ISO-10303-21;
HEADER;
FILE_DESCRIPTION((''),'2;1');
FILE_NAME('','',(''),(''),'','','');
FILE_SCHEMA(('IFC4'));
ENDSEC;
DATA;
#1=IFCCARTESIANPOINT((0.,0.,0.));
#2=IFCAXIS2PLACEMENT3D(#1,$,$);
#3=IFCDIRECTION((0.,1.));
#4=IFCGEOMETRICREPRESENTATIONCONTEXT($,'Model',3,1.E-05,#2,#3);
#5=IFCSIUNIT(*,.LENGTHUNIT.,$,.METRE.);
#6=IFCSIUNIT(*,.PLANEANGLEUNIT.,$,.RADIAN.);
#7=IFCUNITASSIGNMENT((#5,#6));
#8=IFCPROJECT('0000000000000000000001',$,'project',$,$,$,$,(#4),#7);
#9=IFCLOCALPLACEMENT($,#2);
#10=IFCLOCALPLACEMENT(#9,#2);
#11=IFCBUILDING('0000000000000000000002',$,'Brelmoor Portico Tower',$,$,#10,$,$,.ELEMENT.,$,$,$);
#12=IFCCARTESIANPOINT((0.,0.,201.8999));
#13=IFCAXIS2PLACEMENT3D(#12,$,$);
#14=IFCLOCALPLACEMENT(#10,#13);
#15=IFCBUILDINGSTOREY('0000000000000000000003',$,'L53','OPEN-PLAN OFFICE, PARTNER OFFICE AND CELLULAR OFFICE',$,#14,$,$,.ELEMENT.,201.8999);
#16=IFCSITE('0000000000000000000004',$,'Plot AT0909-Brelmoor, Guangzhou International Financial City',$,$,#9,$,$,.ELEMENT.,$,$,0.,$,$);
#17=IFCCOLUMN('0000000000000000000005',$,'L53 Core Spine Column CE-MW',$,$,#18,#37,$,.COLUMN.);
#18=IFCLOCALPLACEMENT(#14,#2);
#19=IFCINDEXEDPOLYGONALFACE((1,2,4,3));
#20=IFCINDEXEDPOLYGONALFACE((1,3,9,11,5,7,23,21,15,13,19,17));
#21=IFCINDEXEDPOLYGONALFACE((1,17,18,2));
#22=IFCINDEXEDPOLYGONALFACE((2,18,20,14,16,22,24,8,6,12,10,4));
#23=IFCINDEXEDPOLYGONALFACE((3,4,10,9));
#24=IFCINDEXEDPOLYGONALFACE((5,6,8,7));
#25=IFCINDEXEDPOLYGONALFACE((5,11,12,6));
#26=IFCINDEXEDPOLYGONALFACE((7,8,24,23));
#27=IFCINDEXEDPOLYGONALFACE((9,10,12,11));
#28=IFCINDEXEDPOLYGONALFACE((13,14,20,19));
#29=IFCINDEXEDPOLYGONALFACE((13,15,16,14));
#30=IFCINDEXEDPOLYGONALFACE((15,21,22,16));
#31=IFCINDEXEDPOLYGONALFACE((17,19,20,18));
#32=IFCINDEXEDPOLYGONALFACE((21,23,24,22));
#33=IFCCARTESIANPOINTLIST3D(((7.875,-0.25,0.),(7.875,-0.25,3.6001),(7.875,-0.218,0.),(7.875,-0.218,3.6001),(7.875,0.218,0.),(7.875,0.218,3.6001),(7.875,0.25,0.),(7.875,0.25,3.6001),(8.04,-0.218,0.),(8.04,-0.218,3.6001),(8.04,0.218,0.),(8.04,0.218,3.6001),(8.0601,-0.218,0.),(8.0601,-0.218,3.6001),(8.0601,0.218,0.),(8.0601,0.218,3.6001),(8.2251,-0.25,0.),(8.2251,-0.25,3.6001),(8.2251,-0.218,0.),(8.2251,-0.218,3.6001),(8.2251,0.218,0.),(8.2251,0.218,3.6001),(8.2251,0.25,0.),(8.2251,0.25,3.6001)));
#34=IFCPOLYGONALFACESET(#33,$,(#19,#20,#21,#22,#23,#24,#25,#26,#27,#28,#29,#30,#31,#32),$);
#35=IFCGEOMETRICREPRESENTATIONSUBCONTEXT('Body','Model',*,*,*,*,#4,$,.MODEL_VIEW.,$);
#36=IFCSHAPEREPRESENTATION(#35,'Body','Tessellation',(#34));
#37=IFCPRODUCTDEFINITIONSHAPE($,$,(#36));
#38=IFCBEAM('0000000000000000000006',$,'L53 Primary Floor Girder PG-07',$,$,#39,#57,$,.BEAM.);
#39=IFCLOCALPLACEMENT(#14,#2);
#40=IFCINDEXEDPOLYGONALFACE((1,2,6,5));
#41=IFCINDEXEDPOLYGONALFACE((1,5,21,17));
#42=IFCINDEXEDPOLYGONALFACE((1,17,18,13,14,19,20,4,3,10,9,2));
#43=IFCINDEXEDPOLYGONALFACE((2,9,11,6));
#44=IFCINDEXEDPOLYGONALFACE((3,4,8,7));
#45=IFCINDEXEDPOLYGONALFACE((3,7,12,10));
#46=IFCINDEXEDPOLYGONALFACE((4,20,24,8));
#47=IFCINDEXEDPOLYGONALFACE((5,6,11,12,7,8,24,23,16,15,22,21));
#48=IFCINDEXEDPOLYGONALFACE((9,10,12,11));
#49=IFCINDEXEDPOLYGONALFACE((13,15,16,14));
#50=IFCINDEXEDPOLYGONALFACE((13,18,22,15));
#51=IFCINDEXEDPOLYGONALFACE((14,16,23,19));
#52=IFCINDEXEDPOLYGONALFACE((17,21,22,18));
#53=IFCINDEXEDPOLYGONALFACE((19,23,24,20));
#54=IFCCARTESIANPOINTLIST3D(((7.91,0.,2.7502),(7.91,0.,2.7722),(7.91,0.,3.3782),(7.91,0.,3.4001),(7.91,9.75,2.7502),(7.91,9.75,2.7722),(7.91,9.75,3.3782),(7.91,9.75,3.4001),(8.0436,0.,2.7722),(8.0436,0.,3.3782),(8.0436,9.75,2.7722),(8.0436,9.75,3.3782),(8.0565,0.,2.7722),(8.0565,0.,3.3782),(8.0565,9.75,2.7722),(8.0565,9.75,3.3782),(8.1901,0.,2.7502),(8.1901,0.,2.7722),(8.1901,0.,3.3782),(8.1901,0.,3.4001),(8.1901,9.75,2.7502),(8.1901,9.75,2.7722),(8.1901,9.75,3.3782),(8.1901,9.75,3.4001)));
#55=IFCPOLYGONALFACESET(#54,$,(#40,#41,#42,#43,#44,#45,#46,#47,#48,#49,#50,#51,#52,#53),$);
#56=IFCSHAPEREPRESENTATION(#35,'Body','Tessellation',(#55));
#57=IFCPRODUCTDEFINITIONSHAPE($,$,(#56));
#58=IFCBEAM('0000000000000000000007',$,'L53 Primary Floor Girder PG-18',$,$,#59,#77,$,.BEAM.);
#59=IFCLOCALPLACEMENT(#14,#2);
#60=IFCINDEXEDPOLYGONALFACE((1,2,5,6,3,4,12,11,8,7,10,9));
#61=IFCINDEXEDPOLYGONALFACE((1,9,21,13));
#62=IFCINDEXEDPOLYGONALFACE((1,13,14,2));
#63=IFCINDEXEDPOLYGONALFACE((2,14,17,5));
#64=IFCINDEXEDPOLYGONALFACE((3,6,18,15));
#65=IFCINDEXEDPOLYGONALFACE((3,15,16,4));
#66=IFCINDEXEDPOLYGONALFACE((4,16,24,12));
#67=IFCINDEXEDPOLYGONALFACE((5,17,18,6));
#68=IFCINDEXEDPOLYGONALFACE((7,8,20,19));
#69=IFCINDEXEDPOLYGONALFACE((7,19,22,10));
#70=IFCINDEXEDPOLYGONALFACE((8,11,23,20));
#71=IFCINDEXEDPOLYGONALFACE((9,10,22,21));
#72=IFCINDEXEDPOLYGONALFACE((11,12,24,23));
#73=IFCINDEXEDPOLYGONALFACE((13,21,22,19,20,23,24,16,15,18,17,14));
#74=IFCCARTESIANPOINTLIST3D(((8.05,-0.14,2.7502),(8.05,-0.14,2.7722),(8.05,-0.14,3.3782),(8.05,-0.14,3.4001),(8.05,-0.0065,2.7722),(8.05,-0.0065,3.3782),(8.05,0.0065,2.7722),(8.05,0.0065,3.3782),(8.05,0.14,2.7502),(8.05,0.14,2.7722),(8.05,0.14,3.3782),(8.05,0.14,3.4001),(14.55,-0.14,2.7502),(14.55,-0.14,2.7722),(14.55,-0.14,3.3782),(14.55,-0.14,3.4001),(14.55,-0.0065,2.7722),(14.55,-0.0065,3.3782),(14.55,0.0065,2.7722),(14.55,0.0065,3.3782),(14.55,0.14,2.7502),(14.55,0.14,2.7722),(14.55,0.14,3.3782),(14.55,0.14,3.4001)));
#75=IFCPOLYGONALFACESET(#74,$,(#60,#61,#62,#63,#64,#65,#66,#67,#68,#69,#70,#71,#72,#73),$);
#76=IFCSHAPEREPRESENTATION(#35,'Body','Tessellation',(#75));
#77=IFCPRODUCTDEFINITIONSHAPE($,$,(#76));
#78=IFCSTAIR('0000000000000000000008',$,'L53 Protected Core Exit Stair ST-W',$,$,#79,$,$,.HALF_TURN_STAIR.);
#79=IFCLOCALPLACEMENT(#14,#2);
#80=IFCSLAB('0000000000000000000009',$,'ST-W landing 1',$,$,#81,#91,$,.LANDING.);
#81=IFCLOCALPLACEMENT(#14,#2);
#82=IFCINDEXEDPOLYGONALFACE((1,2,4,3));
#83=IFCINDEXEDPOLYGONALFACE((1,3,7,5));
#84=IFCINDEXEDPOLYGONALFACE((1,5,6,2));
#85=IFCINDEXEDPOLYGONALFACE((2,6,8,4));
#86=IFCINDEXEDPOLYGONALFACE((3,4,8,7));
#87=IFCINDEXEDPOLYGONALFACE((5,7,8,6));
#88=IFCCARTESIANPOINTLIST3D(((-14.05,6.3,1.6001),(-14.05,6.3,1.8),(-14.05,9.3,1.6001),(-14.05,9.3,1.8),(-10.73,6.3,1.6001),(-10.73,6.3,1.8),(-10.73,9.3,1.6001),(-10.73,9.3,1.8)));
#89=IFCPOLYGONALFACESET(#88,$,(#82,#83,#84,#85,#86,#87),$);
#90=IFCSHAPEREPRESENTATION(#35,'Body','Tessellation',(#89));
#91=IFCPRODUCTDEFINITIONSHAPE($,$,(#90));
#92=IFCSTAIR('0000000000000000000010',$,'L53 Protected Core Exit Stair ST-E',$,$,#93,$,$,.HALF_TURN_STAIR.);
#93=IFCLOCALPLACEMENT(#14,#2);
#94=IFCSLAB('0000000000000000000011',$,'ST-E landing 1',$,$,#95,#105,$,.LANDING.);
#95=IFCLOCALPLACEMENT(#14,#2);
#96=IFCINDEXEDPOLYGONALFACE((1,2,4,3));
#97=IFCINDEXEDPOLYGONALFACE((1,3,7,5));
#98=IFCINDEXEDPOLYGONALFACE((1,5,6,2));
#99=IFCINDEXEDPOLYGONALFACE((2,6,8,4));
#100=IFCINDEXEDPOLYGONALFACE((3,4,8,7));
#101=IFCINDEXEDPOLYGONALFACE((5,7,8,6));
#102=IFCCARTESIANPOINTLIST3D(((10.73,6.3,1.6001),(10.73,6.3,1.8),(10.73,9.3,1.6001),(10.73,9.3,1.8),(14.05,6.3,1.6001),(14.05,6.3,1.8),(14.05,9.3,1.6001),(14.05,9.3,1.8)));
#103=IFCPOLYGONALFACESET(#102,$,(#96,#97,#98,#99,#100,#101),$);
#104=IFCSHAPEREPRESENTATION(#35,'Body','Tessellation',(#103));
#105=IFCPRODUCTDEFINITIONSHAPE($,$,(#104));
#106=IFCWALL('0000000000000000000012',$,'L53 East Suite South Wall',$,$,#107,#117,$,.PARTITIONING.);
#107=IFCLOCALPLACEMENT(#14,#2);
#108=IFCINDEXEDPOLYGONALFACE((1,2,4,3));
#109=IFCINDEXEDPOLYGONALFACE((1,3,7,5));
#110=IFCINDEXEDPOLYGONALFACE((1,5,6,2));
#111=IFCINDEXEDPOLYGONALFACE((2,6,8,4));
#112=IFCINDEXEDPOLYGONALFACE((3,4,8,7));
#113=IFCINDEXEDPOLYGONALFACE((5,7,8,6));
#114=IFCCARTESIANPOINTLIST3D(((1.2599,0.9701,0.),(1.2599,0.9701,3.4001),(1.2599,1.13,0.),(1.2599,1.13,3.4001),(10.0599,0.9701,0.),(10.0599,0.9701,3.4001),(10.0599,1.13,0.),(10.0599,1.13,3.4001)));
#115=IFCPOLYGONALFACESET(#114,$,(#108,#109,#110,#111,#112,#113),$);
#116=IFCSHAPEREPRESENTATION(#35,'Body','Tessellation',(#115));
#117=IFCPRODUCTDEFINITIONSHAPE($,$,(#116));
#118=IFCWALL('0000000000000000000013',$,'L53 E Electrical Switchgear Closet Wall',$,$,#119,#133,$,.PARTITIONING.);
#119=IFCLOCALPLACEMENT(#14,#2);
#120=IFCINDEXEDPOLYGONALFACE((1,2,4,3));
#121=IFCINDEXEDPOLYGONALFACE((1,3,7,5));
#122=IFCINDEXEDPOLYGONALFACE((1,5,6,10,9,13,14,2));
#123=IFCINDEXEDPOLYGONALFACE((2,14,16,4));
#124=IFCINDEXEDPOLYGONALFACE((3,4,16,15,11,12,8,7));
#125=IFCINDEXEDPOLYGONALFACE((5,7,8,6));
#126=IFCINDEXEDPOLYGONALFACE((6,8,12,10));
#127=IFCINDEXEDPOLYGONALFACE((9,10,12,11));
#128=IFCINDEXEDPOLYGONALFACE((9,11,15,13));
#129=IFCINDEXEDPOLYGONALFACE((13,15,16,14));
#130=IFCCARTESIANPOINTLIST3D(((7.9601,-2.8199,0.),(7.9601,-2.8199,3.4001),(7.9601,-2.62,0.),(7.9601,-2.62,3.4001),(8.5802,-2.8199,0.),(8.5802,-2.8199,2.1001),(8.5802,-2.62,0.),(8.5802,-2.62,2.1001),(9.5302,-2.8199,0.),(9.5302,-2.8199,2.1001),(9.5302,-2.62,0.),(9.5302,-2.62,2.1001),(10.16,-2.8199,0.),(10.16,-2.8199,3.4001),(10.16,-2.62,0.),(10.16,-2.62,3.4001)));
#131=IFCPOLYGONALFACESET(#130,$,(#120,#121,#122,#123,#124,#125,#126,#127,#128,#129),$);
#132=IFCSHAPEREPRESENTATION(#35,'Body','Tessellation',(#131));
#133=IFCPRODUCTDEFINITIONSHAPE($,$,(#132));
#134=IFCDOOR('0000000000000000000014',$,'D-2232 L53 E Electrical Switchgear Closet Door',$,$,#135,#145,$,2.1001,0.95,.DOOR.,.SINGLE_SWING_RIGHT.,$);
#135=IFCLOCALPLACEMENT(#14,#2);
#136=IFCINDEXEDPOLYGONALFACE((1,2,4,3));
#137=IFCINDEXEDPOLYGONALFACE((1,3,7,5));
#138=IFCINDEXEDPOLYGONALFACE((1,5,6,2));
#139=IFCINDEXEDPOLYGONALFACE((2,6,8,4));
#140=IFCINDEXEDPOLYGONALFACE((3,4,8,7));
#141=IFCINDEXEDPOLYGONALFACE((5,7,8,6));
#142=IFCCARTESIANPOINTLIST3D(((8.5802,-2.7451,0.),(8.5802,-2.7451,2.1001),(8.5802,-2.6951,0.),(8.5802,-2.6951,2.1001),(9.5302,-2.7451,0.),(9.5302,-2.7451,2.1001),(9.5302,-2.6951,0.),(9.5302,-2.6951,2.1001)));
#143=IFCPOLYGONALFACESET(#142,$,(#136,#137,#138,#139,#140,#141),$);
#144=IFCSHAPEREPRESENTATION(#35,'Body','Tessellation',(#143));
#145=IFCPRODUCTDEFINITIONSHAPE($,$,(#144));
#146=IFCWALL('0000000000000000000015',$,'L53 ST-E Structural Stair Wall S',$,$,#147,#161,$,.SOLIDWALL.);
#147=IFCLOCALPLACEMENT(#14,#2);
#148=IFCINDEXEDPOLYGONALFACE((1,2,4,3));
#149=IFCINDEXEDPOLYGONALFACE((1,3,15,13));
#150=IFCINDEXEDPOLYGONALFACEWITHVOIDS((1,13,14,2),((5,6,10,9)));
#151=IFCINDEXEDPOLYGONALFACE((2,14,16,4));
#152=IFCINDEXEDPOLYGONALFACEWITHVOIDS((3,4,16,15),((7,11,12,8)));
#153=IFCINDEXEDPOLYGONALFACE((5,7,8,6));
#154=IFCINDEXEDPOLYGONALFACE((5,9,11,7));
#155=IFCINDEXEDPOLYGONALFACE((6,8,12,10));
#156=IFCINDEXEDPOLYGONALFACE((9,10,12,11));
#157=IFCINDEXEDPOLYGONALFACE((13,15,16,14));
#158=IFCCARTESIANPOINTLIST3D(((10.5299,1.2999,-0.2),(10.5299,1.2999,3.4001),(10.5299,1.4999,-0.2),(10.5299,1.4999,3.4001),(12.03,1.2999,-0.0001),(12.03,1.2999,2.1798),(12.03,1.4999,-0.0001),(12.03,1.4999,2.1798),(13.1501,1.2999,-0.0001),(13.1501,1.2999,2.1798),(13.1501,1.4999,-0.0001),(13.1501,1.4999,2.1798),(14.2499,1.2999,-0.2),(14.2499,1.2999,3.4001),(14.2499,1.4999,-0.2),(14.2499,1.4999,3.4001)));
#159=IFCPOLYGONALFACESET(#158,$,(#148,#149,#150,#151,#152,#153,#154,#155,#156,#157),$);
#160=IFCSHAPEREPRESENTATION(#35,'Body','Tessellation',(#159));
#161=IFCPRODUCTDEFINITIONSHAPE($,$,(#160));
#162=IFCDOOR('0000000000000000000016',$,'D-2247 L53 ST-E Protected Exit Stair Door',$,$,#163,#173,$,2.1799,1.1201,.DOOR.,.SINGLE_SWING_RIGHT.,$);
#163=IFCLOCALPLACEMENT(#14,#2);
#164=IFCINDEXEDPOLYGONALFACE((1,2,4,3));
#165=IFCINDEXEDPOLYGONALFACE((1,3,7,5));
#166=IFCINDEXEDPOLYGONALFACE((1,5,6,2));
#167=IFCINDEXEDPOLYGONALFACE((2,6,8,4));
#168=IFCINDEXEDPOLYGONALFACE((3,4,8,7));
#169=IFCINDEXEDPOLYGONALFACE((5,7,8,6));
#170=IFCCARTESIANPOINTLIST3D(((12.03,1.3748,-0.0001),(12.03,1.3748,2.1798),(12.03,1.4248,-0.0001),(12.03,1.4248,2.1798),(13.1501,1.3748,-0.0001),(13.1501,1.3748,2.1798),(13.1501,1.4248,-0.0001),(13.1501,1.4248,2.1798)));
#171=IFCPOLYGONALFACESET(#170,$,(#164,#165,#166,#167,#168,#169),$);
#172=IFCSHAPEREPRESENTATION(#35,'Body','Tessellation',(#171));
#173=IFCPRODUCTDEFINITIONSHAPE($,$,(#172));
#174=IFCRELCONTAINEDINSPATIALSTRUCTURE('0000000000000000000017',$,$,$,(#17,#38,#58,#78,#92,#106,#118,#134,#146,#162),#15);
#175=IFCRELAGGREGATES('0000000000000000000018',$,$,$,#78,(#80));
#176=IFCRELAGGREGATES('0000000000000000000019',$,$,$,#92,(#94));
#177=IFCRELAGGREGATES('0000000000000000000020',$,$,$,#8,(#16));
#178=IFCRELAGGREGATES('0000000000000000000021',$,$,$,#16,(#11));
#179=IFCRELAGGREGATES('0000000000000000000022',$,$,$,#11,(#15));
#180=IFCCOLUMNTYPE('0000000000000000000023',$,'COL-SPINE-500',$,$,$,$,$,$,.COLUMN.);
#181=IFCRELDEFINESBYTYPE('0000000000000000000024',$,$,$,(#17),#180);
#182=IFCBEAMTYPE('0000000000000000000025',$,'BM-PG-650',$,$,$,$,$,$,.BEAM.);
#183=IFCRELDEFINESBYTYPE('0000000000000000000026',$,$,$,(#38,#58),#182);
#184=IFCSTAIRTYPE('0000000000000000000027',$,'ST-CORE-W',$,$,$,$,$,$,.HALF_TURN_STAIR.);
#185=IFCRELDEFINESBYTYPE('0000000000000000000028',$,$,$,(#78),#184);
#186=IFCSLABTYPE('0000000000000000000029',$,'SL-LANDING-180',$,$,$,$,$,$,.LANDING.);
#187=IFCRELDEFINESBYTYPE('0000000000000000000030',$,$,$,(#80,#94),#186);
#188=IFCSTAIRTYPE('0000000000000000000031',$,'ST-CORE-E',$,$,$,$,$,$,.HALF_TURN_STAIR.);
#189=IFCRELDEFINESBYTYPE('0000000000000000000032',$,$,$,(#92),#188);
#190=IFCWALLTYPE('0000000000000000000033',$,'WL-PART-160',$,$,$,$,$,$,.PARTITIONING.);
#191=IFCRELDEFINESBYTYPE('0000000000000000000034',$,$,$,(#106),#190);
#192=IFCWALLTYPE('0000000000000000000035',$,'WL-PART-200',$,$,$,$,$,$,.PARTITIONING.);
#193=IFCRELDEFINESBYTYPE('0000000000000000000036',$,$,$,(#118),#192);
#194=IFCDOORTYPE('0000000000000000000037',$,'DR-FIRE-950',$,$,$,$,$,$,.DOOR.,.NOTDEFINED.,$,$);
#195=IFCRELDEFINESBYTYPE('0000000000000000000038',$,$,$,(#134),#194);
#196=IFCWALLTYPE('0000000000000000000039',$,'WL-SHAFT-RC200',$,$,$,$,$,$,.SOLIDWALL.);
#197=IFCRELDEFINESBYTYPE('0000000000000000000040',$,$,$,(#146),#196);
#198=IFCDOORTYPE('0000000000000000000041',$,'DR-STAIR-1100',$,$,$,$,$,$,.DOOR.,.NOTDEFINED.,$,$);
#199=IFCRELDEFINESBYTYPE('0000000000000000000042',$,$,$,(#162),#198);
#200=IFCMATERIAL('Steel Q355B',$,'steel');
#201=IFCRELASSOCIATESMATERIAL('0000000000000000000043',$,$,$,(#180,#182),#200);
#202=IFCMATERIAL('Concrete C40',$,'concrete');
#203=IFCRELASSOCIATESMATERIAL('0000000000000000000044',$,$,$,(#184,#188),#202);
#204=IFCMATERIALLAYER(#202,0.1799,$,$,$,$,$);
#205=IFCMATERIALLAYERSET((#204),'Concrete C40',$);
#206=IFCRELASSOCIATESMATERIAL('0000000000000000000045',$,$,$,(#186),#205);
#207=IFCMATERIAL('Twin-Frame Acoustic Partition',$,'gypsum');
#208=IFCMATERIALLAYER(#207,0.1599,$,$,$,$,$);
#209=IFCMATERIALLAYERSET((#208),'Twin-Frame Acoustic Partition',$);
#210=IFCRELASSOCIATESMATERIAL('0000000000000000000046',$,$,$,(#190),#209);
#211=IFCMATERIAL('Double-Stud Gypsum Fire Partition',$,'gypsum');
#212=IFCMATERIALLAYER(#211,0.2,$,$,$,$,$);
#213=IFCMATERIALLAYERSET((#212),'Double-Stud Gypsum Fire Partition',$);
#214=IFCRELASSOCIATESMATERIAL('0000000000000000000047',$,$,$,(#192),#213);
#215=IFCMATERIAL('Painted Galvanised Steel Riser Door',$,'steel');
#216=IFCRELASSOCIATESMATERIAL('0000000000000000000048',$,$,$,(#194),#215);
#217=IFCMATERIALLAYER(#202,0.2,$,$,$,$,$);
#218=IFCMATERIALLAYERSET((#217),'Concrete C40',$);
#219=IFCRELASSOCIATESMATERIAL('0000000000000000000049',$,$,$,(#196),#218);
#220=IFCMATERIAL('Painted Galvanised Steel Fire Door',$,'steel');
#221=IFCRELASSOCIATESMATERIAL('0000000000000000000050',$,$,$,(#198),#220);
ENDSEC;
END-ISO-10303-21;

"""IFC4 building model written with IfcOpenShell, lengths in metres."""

from ifc_helpers import new_model, si_unit, direction, frame, frame_2d, origin, origin_2d, place, context, subcontext, project, spatial, polyline, rectangle, i_section, outline, extrude, material, layer, layer_set, material_profile, profile_set, type_object, element, fill, aggregate, save


model = new_model("IFC4")

# Units and contexts
model_context = context("Model", 3, precision=1e-05, world=origin(), true_north=direction((0.0, 1.0)))
body_context = subcontext(model_context, "Body", "Model", "MODEL_VIEW")
ifc_project = project(units=[si_unit("LENGTHUNIT", "METRE"), si_unit("PLANEANGLEUNIT", "RADIAN")], contexts=[model_context])

# Site, building, storey
site_placement = place(None, origin())
site = spatial("IfcSite", under=ifc_project, at=site_placement, Name="Plot AT0909-Brelmoor, Guangzhou International Financial City", CompositionType="ELEMENT", RefElevation=0.0)
building_placement = place(site_placement, origin())
building = spatial("IfcBuilding", under=site, at=building_placement, Name="Brelmoor Portico Tower", CompositionType="ELEMENT")
storey_placement = place(building_placement, frame((0.0, 0.0, 201.8999)))
storey = spatial("IfcBuildingStorey", under=building, at=storey_placement, Name="L53", Description="OPEN-PLAN OFFICE, PARTNER OFFICE AND CELLULAR OFFICE", CompositionType="ELEMENT", Elevation=201.8999)

# Column
ifc_material_1 = material(Name="Steel Q355B", Category="steel")
ifc_material_profile_1 = material_profile(ifc_material_1, i_section(OverallWidth=0.3501, OverallDepth=0.5, WebThickness=0.02, FlangeThickness=0.032, at=origin_2d()), Name="HW 500x350x20x32")
ifc_profile_set_1 = profile_set([ifc_material_profile_1], Name="Steel Q355B")
column_type = type_object("IfcColumnType", Name="COL-SPINE-500", PredefinedType="COLUMN", material=ifc_profile_set_1)
column_placement = place(storey_placement, frame((8.05, 0.0, 0.0), z_axis=(0.0, 0.0, 1.0), x_axis=(1.0, 0.0, 0.0)))
element("IfcColumn", 1, at=column_placement, inside=storey, type_object=column_type, Name="L53 Core Spine Column CE-MW", PredefinedType="COLUMN", context=body_context, shape_type="SweptSolid", body=[
    extrude(i_section(OverallWidth=0.3501, OverallDepth=0.5, WebThickness=0.02, FlangeThickness=0.032, at=origin_2d()), origin(), (0.0, 0.0, 1.0), 3.6001),
])

# Beams
ifc_material_profile_2 = material_profile(ifc_material_1, i_section(OverallWidth=0.28, OverallDepth=0.6499, WebThickness=0.0129, FlangeThickness=0.022, at=origin_2d()), Name="HN 650x280x13x22")
ifc_profile_set_2 = profile_set([ifc_material_profile_2], Name="Steel Q355B")
beam_type = type_object("IfcBeamType", Name="BM-PG-650", PredefinedType="BEAM", material=ifc_profile_set_2)
beam_1_placement = place(storey_placement, frame((8.05, 0.0, 3.0752), z_axis=(0.0, 1.0, 0.0), x_axis=(-1.0, 0.0, 0.0)))
element("IfcBeam", 2, at=beam_1_placement, inside=storey, type_object=beam_type, Name="L53 Primary Floor Girder PG-07", PredefinedType="BEAM", context=body_context, shape_type="SweptSolid", body=[
    extrude(i_section(OverallWidth=0.28, OverallDepth=0.6499, WebThickness=0.0129, FlangeThickness=0.022, at=origin_2d()), origin(), (0.0, 0.0, 1.0), 9.75),
])
beam_2_placement = place(storey_placement, frame((8.05, 0.0, 3.0752), z_axis=(1.0, 0.0, 0.0), x_axis=(0.0, 1.0, 0.0)))
element("IfcBeam", 3, at=beam_2_placement, inside=storey, type_object=beam_type, Name="L53 Primary Floor Girder PG-18", PredefinedType="BEAM", context=body_context, shape_type="SweptSolid", body=[
    extrude(i_section(OverallWidth=0.28, OverallDepth=0.6499, WebThickness=0.0129, FlangeThickness=0.022, at=origin_2d()), origin(), (0.0, 0.0, 1.0), 6.5),
])

# Stairs, slabs
ifc_material_2 = material(Name="Concrete C40", Category="concrete")
stair_type_1 = type_object("IfcStairType", Name="ST-CORE-W", PredefinedType="HALF_TURN_STAIR", material=ifc_material_2)
stair_1_placement = place(storey_placement, origin())
stair_1 = element("IfcStair", 4, at=stair_1_placement, inside=storey, type_object=stair_type_1, Name="L53 Protected Core Exit Stair ST-W", PredefinedType="HALF_TURN_STAIR")
ifc_layer_1 = layer(ifc_material_2, 0.1799)
ifc_layer_set_1 = layer_set([ifc_layer_1], Name="Concrete C40")
slab_type = type_object("IfcSlabType", Name="SL-LANDING-180", PredefinedType="LANDING", material=ifc_layer_set_1)
slab_1_placement = place(storey_placement, frame((0.0, 0.0, 1.6001)))
slab_1 = element("IfcSlab", 5, at=slab_1_placement, type_object=slab_type, Name="ST-W landing 1", PredefinedType="LANDING", context=body_context, shape_type="SweptSolid", body=[
    extrude(outline(polyline([(-10.73, 6.3), (-10.73, 9.3), (-14.05, 9.3), (-14.05, 6.3), (-10.73, 6.3)])), origin(), (0.0, 0.0, 1.0), 0.2),
])
aggregate(stair_1, [slab_1])
stair_type_2 = type_object("IfcStairType", Name="ST-CORE-E", PredefinedType="HALF_TURN_STAIR", material=ifc_material_2)
stair_2_placement = place(storey_placement, origin())
stair_2 = element("IfcStair", 6, at=stair_2_placement, inside=storey, type_object=stair_type_2, Name="L53 Protected Core Exit Stair ST-E", PredefinedType="HALF_TURN_STAIR")
slab_2_placement = place(storey_placement, frame((0.0, 0.0, 1.6001)))
slab_2 = element("IfcSlab", 7, at=slab_2_placement, type_object=slab_type, Name="ST-E landing 1", PredefinedType="LANDING", context=body_context, shape_type="SweptSolid", body=[
    extrude(outline(polyline([(14.05, 6.3), (14.05, 9.3), (10.73, 9.3), (10.73, 6.3), (14.05, 6.3)])), origin(), (0.0, 0.0, 1.0), 0.2),
])

# Wall
ifc_material_3 = material(Name="Twin-Frame Acoustic Partition", Category="gypsum")
ifc_layer_2 = layer(ifc_material_3, 0.1599)
ifc_layer_set_2 = layer_set([ifc_layer_2], Name="Twin-Frame Acoustic Partition")
wall_type_1 = type_object("IfcWallType", Name="WL-PART-160", PredefinedType="PARTITIONING", material=ifc_layer_set_2)
wall_1_placement = place(storey_placement, frame((1.26, 1.05, 0.0), z_axis=(0.0, 0.0, 1.0), x_axis=(1.0, 0.0, 0.0)))
element("IfcWall", 8, at=wall_1_placement, inside=storey, type_object=wall_type_1, Name="L53 East Suite South Wall", PredefinedType="PARTITIONING", context=body_context, shape_type="SweptSolid", body=[
    extrude(rectangle(XDim=8.8, YDim=0.1599, at=frame_2d((4.3999, 0.0))), origin(), (0.0, 0.0, 1.0), 3.4001),
])

# Walls, openings, doors
ifc_material_4 = material(Name="Double-Stud Gypsum Fire Partition", Category="gypsum")
ifc_layer_3 = layer(ifc_material_4, 0.2)
ifc_layer_set_3 = layer_set([ifc_layer_3], Name="Double-Stud Gypsum Fire Partition")
wall_type_2 = type_object("IfcWallType", Name="WL-PART-200", PredefinedType="PARTITIONING", material=ifc_layer_set_3)
ifc_material_5 = material(Name="Painted Galvanised Steel Fire Door", Category="steel")
wall_2_placement = place(storey_placement, frame((7.96, -2.72, 0.0), z_axis=(0.0, 0.0, 1.0), x_axis=(1.0, 0.0, 0.0)))
wall_2 = element("IfcWall", 9, at=wall_2_placement, inside=storey, type_object=wall_type_2, Name="L53 E Electrical Switchgear Closet Wall", PredefinedType="PARTITIONING", context=body_context, shape_type="SweptSolid", body=[
    extrude(rectangle(XDim=2.2, YDim=0.2, at=frame_2d((1.1001, 0.0))), origin(), (0.0, 0.0, 1.0), 3.4001),
])
opening_1_placement = place(wall_2_placement, frame((0.6201, 0.0, 0.0)))
opening_1 = element("IfcOpeningElement", 10, at=opening_1_placement, cuts=wall_2, PredefinedType="OPENING", context=body_context, shape_type="SweptSolid", body=[
    extrude(rectangle(XDim=0.95, YDim=2.1001, at=frame_2d((0.4751, 1.05))), frame((0.0, 0.1099, 0.0), z_axis=(0.0, -1.0, 0.0), x_axis=(1.0, 0.0, 0.0)), (0.0, 0.0, 1.0), 0.22),
])
ifc_material_6 = material(Name="Painted Galvanised Steel Riser Door", Category="steel")
door_type_1 = type_object("IfcDoorType", Name="DR-FIRE-950", OperationType="NOTDEFINED", PredefinedType="DOOR", material=ifc_material_6)
door_1_placement = place(opening_1_placement, origin())
door_1 = element("IfcDoor", 11, at=door_1_placement, inside=storey, type_object=door_type_1, Name="D-2232 L53 E Electrical Switchgear Closet Door", OperationType="SINGLE_SWING_RIGHT", OverallHeight=2.1001, OverallWidth=0.95, PredefinedType="DOOR", context=body_context, shape_type="SweptSolid", body=[
    extrude(rectangle(XDim=0.95, YDim=2.1001, at=frame_2d((0.4751, 1.05))), frame((0.0, 0.0249, 0.0), z_axis=(0.0, -1.0, 0.0), x_axis=(1.0, 0.0, 0.0)), (0.0, 0.0, 1.0), 0.05),
])
fill(opening_1, door_1)
ifc_layer_4 = layer(ifc_material_2, 0.2)
ifc_layer_set_4 = layer_set([ifc_layer_4], Name="Concrete C40")
wall_type_3 = type_object("IfcWallType", Name="WL-SHAFT-RC200", PredefinedType="SOLIDWALL", material=ifc_layer_set_4)
wall_3_placement = place(storey_placement, frame((10.53, 1.3999, -0.2), z_axis=(0.0, 0.0, 1.0), x_axis=(1.0, 0.0, 0.0)))
wall_3 = element("IfcWall", 12, at=wall_3_placement, inside=storey, type_object=wall_type_3, Name="L53 ST-E Structural Stair Wall S", PredefinedType="SOLIDWALL", context=body_context, shape_type="SweptSolid", body=[
    extrude(rectangle(XDim=3.72, YDim=0.2, at=frame_2d((1.8599, 0.0))), origin(), (0.0, 0.0, 1.0), 3.6001),
])
opening_2_placement = place(wall_3_placement, frame((1.5, 0.0, 0.2)))
opening_2 = element("IfcOpeningElement", 13, at=opening_2_placement, cuts=wall_3, PredefinedType="OPENING", context=body_context, shape_type="SweptSolid", body=[
    extrude(rectangle(XDim=1.1201, YDim=2.1799, at=frame_2d((0.5601, 1.0898))), frame((0.0, 0.1099, 0.0), z_axis=(0.0, -1.0, 0.0), x_axis=(1.0, 0.0, 0.0)), (0.0, 0.0, 1.0), 0.22),
])
door_type_2 = type_object("IfcDoorType", Name="DR-STAIR-1100", OperationType="NOTDEFINED", PredefinedType="DOOR", material=ifc_material_5)
door_2_placement = place(opening_2_placement, origin())
door_2 = element("IfcDoor", 14, at=door_2_placement, inside=storey, type_object=door_type_2, Name="D-2247 L53 ST-E Protected Exit Stair Door", OperationType="SINGLE_SWING_RIGHT", OverallHeight=2.1799, OverallWidth=1.1201, PredefinedType="DOOR", context=body_context, shape_type="SweptSolid", body=[
    extrude(rectangle(XDim=1.1201, YDim=2.1799, at=frame_2d((0.5601, 1.0898))), frame((0.0, 0.0249, 0.0), z_axis=(0.0, -1.0, 0.0), x_axis=(1.0, 0.0, 0.0)), (0.0, 0.0, 1.0), 0.05),
])
fill(opening_2, door_2)

aggregate(stair_2, [slab_2])

save(model, "model.ifc")
